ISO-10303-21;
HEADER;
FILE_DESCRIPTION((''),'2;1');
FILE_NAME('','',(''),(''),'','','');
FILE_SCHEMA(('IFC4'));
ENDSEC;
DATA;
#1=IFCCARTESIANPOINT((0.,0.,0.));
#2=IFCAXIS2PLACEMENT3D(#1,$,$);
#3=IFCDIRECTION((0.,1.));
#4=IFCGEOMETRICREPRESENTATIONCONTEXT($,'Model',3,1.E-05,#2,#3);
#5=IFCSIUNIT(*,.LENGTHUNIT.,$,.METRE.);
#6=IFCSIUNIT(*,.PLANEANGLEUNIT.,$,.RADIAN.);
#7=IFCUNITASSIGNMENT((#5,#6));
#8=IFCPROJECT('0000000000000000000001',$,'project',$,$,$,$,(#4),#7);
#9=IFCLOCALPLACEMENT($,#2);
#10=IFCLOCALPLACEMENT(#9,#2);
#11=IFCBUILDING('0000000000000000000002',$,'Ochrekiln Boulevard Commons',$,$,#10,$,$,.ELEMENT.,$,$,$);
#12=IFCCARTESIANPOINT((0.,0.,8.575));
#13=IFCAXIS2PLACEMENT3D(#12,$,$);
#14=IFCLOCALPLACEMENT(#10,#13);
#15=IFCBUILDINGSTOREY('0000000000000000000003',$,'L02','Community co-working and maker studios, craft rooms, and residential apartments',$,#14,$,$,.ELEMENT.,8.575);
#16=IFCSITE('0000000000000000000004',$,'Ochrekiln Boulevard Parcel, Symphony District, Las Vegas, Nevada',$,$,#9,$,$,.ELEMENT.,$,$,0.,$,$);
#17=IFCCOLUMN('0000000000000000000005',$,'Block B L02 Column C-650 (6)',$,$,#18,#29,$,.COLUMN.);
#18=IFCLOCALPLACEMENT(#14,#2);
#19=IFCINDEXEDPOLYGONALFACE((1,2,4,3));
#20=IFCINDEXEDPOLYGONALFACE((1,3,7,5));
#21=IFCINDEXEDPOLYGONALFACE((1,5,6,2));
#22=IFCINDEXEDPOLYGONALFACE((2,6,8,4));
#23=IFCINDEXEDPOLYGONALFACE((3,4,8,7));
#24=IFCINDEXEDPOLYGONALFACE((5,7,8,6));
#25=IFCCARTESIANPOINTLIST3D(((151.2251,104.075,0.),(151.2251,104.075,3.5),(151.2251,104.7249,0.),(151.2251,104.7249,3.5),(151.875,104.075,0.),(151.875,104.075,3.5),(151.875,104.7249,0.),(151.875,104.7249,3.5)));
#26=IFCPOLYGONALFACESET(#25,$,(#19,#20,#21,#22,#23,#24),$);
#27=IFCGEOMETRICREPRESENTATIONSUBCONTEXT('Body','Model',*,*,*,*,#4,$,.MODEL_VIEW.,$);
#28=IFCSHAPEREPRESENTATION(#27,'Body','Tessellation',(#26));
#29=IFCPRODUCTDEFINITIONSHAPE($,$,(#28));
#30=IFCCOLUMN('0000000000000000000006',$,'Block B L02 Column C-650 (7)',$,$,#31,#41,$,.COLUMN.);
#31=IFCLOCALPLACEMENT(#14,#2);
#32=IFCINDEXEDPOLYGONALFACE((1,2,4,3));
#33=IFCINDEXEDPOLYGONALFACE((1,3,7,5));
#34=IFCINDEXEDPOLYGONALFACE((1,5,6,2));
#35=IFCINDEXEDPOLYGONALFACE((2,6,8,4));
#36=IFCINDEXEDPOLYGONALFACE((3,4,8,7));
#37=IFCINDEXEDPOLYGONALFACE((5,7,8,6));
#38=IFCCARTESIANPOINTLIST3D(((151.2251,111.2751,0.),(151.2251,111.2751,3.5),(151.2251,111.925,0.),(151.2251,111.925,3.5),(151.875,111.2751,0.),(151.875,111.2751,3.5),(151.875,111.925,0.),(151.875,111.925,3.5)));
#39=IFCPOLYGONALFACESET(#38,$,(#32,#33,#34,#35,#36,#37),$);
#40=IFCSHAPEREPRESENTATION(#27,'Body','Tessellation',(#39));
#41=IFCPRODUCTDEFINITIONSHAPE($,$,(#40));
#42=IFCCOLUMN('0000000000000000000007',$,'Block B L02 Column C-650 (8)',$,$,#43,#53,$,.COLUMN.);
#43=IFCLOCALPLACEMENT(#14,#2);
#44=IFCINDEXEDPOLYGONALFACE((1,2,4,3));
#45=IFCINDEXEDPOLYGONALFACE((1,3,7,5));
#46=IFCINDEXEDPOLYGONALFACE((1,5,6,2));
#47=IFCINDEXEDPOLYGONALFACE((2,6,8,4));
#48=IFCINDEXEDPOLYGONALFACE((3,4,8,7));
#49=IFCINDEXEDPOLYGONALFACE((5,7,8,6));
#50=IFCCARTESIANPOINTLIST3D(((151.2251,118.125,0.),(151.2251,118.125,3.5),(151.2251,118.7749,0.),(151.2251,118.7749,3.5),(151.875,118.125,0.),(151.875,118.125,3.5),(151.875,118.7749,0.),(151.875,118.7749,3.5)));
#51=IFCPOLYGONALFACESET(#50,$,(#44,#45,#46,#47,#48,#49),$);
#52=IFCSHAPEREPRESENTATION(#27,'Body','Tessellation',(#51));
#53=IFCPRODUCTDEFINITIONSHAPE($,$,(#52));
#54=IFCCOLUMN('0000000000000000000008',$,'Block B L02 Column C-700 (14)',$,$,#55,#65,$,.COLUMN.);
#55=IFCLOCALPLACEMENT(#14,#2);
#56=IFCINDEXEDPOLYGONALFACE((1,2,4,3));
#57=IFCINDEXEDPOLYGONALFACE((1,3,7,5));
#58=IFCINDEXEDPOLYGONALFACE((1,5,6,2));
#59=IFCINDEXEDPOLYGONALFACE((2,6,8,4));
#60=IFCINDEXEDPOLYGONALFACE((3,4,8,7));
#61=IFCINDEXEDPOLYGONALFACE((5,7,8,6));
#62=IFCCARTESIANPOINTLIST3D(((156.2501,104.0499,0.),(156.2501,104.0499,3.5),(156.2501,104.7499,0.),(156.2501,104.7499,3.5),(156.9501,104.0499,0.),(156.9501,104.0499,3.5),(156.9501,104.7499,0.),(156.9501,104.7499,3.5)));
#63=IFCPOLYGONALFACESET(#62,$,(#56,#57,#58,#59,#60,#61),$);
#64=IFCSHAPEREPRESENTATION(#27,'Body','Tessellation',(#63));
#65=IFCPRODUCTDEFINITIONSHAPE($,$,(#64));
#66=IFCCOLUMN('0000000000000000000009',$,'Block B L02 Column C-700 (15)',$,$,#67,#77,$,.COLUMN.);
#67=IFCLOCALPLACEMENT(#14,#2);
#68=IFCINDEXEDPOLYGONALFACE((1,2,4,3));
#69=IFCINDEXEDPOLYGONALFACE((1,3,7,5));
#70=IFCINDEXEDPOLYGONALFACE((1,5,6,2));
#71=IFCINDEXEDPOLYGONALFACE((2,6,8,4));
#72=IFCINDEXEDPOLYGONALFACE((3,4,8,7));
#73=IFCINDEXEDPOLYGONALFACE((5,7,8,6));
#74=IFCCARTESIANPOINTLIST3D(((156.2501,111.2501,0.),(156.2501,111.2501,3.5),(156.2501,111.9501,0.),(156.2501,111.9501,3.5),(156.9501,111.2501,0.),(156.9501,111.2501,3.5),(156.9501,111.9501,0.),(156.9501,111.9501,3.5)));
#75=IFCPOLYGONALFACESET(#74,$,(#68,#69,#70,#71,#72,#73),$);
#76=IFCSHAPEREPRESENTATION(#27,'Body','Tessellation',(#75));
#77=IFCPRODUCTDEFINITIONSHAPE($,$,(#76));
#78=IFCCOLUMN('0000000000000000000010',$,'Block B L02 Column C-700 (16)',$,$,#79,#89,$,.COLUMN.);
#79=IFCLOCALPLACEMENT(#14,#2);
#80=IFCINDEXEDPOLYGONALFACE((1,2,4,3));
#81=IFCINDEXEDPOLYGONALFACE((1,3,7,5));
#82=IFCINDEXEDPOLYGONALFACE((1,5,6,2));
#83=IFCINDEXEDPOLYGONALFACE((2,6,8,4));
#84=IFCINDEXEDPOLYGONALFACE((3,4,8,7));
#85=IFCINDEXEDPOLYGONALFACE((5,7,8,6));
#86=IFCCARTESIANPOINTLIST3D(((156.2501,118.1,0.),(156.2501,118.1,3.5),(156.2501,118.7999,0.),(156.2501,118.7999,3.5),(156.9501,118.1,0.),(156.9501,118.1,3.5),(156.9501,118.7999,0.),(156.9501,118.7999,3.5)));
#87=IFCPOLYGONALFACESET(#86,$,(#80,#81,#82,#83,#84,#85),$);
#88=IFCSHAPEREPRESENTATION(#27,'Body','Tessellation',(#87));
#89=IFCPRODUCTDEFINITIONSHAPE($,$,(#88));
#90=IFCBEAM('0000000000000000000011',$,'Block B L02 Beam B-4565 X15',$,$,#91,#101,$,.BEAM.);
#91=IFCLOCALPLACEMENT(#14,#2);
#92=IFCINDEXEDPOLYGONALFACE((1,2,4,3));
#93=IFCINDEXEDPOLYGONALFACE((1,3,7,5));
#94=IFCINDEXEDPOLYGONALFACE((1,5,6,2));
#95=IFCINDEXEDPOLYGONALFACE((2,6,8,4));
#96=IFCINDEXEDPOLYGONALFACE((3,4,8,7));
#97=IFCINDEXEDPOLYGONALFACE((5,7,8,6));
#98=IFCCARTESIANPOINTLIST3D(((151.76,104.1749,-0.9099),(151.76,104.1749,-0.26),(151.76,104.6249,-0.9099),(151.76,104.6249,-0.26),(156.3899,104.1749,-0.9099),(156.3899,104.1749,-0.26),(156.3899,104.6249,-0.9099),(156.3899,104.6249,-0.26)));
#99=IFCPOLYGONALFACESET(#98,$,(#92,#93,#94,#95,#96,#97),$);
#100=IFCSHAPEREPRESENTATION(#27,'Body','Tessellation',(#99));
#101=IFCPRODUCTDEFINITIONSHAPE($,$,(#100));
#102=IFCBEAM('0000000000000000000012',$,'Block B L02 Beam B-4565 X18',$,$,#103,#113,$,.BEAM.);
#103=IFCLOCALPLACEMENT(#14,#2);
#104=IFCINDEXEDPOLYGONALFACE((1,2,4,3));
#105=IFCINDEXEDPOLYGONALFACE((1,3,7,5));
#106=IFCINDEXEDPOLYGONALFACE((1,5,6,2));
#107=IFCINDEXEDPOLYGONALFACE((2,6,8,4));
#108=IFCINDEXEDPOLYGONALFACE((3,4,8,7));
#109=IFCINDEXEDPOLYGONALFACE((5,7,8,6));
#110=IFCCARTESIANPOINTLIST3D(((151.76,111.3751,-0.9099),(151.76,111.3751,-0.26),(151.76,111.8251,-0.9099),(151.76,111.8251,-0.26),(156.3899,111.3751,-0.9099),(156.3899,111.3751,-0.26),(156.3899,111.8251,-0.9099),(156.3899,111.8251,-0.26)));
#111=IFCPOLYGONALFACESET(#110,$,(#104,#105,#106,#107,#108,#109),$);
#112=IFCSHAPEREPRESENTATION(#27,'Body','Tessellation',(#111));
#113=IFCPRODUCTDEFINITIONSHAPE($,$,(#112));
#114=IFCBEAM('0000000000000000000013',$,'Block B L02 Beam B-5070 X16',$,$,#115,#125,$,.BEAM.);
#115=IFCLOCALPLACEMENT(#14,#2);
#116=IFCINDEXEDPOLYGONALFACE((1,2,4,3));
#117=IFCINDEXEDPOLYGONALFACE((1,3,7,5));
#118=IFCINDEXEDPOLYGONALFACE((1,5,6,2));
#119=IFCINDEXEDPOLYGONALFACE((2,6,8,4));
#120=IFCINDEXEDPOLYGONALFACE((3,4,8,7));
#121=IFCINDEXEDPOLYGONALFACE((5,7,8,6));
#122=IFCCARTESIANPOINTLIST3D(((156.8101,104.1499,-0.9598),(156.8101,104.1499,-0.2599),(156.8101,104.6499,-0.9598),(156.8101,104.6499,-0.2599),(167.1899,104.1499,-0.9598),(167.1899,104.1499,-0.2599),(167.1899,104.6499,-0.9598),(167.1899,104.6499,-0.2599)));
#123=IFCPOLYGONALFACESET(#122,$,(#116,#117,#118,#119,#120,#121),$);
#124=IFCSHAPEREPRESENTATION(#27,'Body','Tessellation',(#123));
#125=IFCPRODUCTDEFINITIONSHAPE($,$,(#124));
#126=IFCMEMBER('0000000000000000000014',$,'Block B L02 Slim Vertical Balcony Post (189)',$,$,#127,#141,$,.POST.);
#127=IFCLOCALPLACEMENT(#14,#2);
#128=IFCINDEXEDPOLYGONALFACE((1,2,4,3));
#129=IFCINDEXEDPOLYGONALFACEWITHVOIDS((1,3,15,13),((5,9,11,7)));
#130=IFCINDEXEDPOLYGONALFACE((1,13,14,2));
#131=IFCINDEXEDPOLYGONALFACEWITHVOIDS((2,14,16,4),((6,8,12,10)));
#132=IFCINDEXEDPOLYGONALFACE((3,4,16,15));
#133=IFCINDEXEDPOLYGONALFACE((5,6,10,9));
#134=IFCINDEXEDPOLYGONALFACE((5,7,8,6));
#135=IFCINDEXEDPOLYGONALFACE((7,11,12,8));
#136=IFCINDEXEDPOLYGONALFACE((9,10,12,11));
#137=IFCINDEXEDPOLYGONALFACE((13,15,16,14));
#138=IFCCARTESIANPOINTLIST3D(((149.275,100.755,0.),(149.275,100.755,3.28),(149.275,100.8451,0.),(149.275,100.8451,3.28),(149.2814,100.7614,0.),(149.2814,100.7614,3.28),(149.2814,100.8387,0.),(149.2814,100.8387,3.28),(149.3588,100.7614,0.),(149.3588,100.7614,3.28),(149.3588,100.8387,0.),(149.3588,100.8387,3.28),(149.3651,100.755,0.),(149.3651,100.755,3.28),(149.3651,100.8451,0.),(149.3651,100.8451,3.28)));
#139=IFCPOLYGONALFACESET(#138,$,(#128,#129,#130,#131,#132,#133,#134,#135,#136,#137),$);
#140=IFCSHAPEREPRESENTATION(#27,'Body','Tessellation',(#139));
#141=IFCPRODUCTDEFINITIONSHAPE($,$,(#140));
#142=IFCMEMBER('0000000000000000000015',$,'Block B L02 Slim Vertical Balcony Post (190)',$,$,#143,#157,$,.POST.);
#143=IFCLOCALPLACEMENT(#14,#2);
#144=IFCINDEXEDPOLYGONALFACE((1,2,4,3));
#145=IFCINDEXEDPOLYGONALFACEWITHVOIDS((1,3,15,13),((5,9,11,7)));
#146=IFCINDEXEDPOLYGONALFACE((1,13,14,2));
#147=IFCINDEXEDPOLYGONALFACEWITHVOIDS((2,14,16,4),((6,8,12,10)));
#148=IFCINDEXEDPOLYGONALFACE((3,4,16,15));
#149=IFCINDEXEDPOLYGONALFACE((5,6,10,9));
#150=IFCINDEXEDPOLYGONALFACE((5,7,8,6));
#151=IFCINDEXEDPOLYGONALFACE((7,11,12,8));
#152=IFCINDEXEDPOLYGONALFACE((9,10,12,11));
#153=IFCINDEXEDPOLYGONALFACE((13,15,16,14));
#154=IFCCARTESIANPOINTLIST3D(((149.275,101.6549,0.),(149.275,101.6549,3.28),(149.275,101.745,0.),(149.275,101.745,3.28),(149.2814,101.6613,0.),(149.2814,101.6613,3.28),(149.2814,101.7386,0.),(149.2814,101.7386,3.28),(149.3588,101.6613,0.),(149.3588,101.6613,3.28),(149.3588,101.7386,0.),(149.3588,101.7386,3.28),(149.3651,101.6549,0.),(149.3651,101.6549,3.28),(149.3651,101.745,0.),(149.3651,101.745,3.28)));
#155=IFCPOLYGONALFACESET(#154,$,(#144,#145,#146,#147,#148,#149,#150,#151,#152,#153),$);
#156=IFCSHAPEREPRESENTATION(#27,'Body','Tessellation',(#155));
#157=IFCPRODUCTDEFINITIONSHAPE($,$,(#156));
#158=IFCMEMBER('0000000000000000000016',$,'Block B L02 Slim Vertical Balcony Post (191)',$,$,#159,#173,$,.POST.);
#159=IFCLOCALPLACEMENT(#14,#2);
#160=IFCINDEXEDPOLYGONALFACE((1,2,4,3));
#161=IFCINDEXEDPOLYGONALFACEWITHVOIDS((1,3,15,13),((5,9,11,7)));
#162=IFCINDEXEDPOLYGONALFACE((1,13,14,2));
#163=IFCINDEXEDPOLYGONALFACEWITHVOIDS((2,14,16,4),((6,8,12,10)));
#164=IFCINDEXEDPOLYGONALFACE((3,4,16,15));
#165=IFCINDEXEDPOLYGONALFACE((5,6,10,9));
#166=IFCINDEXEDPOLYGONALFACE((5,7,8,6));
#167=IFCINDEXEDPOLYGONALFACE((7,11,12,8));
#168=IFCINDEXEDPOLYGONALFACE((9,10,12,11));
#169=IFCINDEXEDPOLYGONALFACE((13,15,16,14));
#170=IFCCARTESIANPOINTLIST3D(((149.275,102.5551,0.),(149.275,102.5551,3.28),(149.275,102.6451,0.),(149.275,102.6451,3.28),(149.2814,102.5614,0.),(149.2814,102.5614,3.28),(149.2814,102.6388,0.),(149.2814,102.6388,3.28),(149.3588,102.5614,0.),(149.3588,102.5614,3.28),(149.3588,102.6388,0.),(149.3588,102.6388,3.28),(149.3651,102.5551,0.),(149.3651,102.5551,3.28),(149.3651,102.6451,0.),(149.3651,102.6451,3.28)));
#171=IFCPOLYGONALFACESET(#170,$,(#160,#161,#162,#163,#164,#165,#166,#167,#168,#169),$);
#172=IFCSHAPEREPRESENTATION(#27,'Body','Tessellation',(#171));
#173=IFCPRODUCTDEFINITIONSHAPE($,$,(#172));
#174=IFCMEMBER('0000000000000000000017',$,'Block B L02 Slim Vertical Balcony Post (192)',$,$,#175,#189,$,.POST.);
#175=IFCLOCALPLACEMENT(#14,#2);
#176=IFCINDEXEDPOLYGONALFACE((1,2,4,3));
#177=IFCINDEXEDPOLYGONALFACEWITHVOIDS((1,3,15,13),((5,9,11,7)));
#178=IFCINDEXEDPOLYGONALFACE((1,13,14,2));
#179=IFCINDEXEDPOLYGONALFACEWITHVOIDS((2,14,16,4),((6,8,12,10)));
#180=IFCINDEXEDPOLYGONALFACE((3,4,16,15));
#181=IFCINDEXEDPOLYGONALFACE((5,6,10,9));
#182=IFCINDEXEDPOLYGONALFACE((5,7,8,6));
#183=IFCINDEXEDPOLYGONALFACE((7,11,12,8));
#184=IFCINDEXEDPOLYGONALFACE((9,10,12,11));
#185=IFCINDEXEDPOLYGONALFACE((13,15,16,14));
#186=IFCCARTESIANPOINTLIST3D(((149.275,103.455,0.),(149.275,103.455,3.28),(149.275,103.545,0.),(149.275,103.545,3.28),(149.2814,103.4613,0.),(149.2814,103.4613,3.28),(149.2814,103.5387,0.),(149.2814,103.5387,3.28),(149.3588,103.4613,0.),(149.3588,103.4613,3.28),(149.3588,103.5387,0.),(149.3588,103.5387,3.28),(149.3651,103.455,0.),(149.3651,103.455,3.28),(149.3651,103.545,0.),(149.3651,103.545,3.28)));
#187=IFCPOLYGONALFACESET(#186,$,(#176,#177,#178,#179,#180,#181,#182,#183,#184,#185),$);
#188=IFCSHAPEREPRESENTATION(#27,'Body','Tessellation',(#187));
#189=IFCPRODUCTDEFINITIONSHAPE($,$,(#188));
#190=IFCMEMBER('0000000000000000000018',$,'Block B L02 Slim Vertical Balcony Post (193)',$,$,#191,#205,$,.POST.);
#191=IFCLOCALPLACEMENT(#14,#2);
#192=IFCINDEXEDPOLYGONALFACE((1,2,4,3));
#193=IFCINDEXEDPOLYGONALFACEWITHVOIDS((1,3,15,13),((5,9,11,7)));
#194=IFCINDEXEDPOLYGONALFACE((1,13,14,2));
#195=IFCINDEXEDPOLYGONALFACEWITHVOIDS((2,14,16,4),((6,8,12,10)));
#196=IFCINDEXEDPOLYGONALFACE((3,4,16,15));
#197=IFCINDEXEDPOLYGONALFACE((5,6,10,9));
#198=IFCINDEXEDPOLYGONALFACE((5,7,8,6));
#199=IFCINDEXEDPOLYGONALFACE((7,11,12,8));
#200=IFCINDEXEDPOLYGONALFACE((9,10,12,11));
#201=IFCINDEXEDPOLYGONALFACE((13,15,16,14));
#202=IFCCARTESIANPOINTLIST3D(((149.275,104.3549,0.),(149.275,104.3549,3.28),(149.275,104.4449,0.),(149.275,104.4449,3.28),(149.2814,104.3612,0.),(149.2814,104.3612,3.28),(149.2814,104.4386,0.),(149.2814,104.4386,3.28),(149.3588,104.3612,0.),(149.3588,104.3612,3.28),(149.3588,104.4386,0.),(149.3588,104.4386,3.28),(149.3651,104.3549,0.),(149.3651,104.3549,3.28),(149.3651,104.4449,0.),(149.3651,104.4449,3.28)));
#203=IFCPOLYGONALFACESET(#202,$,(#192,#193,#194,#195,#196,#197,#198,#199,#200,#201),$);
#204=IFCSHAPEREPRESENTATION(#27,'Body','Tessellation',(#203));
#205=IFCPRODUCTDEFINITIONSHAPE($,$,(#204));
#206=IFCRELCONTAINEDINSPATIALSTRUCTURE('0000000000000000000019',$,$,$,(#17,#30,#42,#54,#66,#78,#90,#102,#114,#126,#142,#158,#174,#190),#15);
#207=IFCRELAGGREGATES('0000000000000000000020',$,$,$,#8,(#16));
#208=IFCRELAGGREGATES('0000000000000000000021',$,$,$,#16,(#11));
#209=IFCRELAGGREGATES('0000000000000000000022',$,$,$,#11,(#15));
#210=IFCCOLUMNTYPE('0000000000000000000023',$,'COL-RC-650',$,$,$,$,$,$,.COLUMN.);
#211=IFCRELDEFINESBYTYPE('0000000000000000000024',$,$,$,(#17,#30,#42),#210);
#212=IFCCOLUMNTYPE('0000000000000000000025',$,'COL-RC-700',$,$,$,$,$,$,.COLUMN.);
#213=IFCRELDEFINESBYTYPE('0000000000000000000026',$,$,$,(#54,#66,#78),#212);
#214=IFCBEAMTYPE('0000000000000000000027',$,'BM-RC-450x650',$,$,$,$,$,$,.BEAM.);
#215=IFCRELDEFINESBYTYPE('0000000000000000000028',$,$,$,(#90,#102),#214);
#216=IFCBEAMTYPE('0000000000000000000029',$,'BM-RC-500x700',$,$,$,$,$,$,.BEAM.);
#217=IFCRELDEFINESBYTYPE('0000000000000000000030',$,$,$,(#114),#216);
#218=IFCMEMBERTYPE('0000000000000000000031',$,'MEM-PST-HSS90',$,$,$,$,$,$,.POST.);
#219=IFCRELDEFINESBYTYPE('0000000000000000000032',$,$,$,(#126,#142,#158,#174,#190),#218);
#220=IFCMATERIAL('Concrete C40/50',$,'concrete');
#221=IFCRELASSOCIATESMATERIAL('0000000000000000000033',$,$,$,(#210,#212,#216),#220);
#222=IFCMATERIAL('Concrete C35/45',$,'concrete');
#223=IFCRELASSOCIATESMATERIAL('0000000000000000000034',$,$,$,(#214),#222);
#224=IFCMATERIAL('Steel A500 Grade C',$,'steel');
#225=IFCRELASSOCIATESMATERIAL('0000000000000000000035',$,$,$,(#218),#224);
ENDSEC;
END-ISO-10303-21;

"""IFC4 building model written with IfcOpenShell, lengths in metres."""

from ifc_helpers import new_model, si_unit, direction, frame, origin, origin_2d, place, context, subcontext, project, spatial, rectangle, hollow_rectangle, extrude, material, material_profile, profile_set, type_object, element, save


model = new_model("IFC4")

# Units and contexts
model_context = context("Model", 3, precision=1e-05, world=origin(), true_north=direction((0.0, 1.0)))
body_context = subcontext(model_context, "Body", "Model", "MODEL_VIEW")
ifc_project = project(units=[si_unit("LENGTHUNIT", "METRE"), si_unit("PLANEANGLEUNIT", "RADIAN")], contexts=[model_context])

# Site, building, storey
site_placement = place(None, origin())
site = spatial("IfcSite", under=ifc_project, at=site_placement, Name="Ochrekiln Boulevard Parcel, Symphony District, Las Vegas, Nevada", CompositionType="ELEMENT", RefElevation=0.0)
building_placement = place(site_placement, origin())
building = spatial("IfcBuilding", under=site, at=building_placement, Name="Ochrekiln Boulevard Commons", CompositionType="ELEMENT")
storey_placement = place(building_placement, frame((0.0, 0.0, 8.575)))
storey = spatial("IfcBuildingStorey", under=building, at=storey_placement, Name="L02", Description="Community co-working and maker studios, craft rooms, and residential apartments", CompositionType="ELEMENT", Elevation=8.575)

# Columns
ifc_material_1 = material(Name="Concrete C40/50", Category="concrete")
ifc_material_profile_1 = material_profile(ifc_material_1, rectangle(XDim=0.6499, YDim=0.6499, at=origin_2d()), Name="RC-COL-650x650")
ifc_profile_set_1 = profile_set([ifc_material_profile_1], Name="Concrete C40/50")
column_type_1 = type_object("IfcColumnType", Name="COL-RC-650", PredefinedType="COLUMN", material=ifc_profile_set_1)
for number, where, z_axis, x_axis, name in (
    (1, (151.55, 104.3999, 0.0), (0.0, 0.0, 1.0), (1.0, 0.0, 0.0), "Block B L02 Column C-650 (6)"),
    (2, (151.55, 111.6001, 0.0), (0.0, 0.0, 1.0), (1.0, 0.0, 0.0), "Block B L02 Column C-650 (7)"),
    (3, (151.55, 118.45, 0.0), (0.0, 0.0, 1.0), (1.0, 0.0, 0.0), "Block B L02 Column C-650 (8)"),
):
    element("IfcColumn", number, at=place(storey_placement, frame(where, z_axis=z_axis, x_axis=x_axis)), inside=storey, type_object=column_type_1, Name=name, PredefinedType="COLUMN", context=body_context, shape_type="SweptSolid", body=[
        extrude(rectangle(XDim=0.6499, YDim=0.6499, at=origin_2d()), origin(), (0.0, 0.0, 1.0), 3.5),
    ])
ifc_material_profile_2 = material_profile(ifc_material_1, rectangle(XDim=0.7, YDim=0.7, at=origin_2d()), Name="RC-COL-700x700")
ifc_profile_set_2 = profile_set([ifc_material_profile_2], Name="Concrete C40/50")
column_type_2 = type_object("IfcColumnType", Name="COL-RC-700", PredefinedType="COLUMN", material=ifc_profile_set_2)
for number, where, z_axis, x_axis, name in (
    (4, (156.6001, 104.3999, 0.0), (0.0, 0.0, 1.0), (1.0, 0.0, 0.0), "Block B L02 Column C-700 (14)"),
    (5, (156.6001, 111.6001, 0.0), (0.0, 0.0, 1.0), (1.0, 0.0, 0.0), "Block B L02 Column C-700 (15)"),
    (6, (156.6001, 118.45, 0.0), (0.0, 0.0, 1.0), (1.0, 0.0, 0.0), "Block B L02 Column C-700 (16)"),
):
    element("IfcColumn", number, at=place(storey_placement, frame(where, z_axis=z_axis, x_axis=x_axis)), inside=storey, type_object=column_type_2, Name=name, PredefinedType="COLUMN", context=body_context, shape_type="SweptSolid", body=[
        extrude(rectangle(XDim=0.7, YDim=0.7, at=origin_2d()), origin(), (0.0, 0.0, 1.0), 3.5),
    ])

# Beams
ifc_material_2 = material(Name="Concrete C35/45", Category="concrete")
ifc_material_profile_3 = material_profile(ifc_material_2, rectangle(XDim=0.45, YDim=0.6499, at=origin_2d()), Name="RC-BM-450x650")
ifc_profile_set_3 = profile_set([ifc_material_profile_3], Name="Concrete C35/45")
beam_type_1 = type_object("IfcBeamType", Name="BM-RC-450x650", PredefinedType="BEAM", material=ifc_profile_set_3)
for number, where, z_axis, x_axis, name in (
    (7, (151.76, 104.3999, -0.585), (1.0, 0.0, 0.0), (0.0, 1.0, 0.0), "Block B L02 Beam B-4565 X15"),
    (8, (151.76, 111.6001, -0.585), (1.0, 0.0, 0.0), (0.0, 1.0, 0.0), "Block B L02 Beam B-4565 X18"),
):
    element("IfcBeam", number, at=place(storey_placement, frame(where, z_axis=z_axis, x_axis=x_axis)), inside=storey, type_object=beam_type_1, Name=name, PredefinedType="BEAM", context=body_context, shape_type="SweptSolid", body=[
        extrude(rectangle(XDim=0.45, YDim=0.6499, at=origin_2d()), origin(), (0.0, 0.0, 1.0), 4.6299),
    ])
ifc_material_profile_4 = material_profile(ifc_material_1, rectangle(XDim=0.5, YDim=0.7, at=origin_2d()), Name="RC-BM-500x700")
ifc_profile_set_4 = profile_set([ifc_material_profile_4], Name="Concrete C40/50")
beam_type_2 = type_object("IfcBeamType", Name="BM-RC-500x700", PredefinedType="BEAM", material=ifc_profile_set_4)
beam_1_placement = place(storey_placement, frame((156.8101, 104.3999, -0.6099), z_axis=(1.0, 0.0, 0.0), x_axis=(0.0, 1.0, 0.0)))
element("IfcBeam", 9, at=beam_1_placement, inside=storey, type_object=beam_type_2, Name="Block B L02 Beam B-5070 X16", PredefinedType="BEAM", context=body_context, shape_type="SweptSolid", body=[
    extrude(rectangle(XDim=0.5, YDim=0.7, at=origin_2d()), origin(), (0.0, 0.0, 1.0), 10.3799),
])

# Members
ifc_material_3 = material(Name="Steel A500 Grade C", Category="steel")
ifc_material_profile_5 = material_profile(ifc_material_3, hollow_rectangle(XDim=0.0901, YDim=0.0901, WallThickness=0.0063, at=origin_2d()), Name="HSS90X90X6.4")
ifc_profile_set_5 = profile_set([ifc_material_profile_5], Name="Steel A500 Grade C")
member_type = type_object("IfcMemberType", Name="MEM-PST-HSS90", PredefinedType="POST", material=ifc_profile_set_5)
for number, where, z_axis, x_axis, name in (
    (10, (149.3201, 100.8, 0.0), (0.0, 0.0, 1.0), (1.0, 0.0, 0.0), "Block B L02 Slim Vertical Balcony Post (189)"),
    (11, (149.3201, 101.7, 0.0), (0.0, 0.0, 1.0), (1.0, 0.0, 0.0), "Block B L02 Slim Vertical Balcony Post (190)"),
    (12, (149.3201, 102.6001, 0.0), (0.0, 0.0, 1.0), (1.0, 0.0, 0.0), "Block B L02 Slim Vertical Balcony Post (191)"),
    (13, (149.3201, 103.5, 0.0), (0.0, 0.0, 1.0), (1.0, 0.0, 0.0), "Block B L02 Slim Vertical Balcony Post (192)"),
    (14, (149.3201, 104.3999, 0.0), (0.0, 0.0, 1.0), (1.0, 0.0, 0.0), "Block B L02 Slim Vertical Balcony Post (193)"),
):
    element("IfcMember", number, at=place(storey_placement, frame(where, z_axis=z_axis, x_axis=x_axis)), inside=storey, type_object=member_type, Name=name, PredefinedType="POST", context=body_context, shape_type="SweptSolid", body=[
        extrude(hollow_rectangle(XDim=0.0901, YDim=0.0901, WallThickness=0.0063, at=origin_2d()), origin(), (0.0, 0.0, 1.0), 3.28),
    ])

save(model, "model.ifc")
